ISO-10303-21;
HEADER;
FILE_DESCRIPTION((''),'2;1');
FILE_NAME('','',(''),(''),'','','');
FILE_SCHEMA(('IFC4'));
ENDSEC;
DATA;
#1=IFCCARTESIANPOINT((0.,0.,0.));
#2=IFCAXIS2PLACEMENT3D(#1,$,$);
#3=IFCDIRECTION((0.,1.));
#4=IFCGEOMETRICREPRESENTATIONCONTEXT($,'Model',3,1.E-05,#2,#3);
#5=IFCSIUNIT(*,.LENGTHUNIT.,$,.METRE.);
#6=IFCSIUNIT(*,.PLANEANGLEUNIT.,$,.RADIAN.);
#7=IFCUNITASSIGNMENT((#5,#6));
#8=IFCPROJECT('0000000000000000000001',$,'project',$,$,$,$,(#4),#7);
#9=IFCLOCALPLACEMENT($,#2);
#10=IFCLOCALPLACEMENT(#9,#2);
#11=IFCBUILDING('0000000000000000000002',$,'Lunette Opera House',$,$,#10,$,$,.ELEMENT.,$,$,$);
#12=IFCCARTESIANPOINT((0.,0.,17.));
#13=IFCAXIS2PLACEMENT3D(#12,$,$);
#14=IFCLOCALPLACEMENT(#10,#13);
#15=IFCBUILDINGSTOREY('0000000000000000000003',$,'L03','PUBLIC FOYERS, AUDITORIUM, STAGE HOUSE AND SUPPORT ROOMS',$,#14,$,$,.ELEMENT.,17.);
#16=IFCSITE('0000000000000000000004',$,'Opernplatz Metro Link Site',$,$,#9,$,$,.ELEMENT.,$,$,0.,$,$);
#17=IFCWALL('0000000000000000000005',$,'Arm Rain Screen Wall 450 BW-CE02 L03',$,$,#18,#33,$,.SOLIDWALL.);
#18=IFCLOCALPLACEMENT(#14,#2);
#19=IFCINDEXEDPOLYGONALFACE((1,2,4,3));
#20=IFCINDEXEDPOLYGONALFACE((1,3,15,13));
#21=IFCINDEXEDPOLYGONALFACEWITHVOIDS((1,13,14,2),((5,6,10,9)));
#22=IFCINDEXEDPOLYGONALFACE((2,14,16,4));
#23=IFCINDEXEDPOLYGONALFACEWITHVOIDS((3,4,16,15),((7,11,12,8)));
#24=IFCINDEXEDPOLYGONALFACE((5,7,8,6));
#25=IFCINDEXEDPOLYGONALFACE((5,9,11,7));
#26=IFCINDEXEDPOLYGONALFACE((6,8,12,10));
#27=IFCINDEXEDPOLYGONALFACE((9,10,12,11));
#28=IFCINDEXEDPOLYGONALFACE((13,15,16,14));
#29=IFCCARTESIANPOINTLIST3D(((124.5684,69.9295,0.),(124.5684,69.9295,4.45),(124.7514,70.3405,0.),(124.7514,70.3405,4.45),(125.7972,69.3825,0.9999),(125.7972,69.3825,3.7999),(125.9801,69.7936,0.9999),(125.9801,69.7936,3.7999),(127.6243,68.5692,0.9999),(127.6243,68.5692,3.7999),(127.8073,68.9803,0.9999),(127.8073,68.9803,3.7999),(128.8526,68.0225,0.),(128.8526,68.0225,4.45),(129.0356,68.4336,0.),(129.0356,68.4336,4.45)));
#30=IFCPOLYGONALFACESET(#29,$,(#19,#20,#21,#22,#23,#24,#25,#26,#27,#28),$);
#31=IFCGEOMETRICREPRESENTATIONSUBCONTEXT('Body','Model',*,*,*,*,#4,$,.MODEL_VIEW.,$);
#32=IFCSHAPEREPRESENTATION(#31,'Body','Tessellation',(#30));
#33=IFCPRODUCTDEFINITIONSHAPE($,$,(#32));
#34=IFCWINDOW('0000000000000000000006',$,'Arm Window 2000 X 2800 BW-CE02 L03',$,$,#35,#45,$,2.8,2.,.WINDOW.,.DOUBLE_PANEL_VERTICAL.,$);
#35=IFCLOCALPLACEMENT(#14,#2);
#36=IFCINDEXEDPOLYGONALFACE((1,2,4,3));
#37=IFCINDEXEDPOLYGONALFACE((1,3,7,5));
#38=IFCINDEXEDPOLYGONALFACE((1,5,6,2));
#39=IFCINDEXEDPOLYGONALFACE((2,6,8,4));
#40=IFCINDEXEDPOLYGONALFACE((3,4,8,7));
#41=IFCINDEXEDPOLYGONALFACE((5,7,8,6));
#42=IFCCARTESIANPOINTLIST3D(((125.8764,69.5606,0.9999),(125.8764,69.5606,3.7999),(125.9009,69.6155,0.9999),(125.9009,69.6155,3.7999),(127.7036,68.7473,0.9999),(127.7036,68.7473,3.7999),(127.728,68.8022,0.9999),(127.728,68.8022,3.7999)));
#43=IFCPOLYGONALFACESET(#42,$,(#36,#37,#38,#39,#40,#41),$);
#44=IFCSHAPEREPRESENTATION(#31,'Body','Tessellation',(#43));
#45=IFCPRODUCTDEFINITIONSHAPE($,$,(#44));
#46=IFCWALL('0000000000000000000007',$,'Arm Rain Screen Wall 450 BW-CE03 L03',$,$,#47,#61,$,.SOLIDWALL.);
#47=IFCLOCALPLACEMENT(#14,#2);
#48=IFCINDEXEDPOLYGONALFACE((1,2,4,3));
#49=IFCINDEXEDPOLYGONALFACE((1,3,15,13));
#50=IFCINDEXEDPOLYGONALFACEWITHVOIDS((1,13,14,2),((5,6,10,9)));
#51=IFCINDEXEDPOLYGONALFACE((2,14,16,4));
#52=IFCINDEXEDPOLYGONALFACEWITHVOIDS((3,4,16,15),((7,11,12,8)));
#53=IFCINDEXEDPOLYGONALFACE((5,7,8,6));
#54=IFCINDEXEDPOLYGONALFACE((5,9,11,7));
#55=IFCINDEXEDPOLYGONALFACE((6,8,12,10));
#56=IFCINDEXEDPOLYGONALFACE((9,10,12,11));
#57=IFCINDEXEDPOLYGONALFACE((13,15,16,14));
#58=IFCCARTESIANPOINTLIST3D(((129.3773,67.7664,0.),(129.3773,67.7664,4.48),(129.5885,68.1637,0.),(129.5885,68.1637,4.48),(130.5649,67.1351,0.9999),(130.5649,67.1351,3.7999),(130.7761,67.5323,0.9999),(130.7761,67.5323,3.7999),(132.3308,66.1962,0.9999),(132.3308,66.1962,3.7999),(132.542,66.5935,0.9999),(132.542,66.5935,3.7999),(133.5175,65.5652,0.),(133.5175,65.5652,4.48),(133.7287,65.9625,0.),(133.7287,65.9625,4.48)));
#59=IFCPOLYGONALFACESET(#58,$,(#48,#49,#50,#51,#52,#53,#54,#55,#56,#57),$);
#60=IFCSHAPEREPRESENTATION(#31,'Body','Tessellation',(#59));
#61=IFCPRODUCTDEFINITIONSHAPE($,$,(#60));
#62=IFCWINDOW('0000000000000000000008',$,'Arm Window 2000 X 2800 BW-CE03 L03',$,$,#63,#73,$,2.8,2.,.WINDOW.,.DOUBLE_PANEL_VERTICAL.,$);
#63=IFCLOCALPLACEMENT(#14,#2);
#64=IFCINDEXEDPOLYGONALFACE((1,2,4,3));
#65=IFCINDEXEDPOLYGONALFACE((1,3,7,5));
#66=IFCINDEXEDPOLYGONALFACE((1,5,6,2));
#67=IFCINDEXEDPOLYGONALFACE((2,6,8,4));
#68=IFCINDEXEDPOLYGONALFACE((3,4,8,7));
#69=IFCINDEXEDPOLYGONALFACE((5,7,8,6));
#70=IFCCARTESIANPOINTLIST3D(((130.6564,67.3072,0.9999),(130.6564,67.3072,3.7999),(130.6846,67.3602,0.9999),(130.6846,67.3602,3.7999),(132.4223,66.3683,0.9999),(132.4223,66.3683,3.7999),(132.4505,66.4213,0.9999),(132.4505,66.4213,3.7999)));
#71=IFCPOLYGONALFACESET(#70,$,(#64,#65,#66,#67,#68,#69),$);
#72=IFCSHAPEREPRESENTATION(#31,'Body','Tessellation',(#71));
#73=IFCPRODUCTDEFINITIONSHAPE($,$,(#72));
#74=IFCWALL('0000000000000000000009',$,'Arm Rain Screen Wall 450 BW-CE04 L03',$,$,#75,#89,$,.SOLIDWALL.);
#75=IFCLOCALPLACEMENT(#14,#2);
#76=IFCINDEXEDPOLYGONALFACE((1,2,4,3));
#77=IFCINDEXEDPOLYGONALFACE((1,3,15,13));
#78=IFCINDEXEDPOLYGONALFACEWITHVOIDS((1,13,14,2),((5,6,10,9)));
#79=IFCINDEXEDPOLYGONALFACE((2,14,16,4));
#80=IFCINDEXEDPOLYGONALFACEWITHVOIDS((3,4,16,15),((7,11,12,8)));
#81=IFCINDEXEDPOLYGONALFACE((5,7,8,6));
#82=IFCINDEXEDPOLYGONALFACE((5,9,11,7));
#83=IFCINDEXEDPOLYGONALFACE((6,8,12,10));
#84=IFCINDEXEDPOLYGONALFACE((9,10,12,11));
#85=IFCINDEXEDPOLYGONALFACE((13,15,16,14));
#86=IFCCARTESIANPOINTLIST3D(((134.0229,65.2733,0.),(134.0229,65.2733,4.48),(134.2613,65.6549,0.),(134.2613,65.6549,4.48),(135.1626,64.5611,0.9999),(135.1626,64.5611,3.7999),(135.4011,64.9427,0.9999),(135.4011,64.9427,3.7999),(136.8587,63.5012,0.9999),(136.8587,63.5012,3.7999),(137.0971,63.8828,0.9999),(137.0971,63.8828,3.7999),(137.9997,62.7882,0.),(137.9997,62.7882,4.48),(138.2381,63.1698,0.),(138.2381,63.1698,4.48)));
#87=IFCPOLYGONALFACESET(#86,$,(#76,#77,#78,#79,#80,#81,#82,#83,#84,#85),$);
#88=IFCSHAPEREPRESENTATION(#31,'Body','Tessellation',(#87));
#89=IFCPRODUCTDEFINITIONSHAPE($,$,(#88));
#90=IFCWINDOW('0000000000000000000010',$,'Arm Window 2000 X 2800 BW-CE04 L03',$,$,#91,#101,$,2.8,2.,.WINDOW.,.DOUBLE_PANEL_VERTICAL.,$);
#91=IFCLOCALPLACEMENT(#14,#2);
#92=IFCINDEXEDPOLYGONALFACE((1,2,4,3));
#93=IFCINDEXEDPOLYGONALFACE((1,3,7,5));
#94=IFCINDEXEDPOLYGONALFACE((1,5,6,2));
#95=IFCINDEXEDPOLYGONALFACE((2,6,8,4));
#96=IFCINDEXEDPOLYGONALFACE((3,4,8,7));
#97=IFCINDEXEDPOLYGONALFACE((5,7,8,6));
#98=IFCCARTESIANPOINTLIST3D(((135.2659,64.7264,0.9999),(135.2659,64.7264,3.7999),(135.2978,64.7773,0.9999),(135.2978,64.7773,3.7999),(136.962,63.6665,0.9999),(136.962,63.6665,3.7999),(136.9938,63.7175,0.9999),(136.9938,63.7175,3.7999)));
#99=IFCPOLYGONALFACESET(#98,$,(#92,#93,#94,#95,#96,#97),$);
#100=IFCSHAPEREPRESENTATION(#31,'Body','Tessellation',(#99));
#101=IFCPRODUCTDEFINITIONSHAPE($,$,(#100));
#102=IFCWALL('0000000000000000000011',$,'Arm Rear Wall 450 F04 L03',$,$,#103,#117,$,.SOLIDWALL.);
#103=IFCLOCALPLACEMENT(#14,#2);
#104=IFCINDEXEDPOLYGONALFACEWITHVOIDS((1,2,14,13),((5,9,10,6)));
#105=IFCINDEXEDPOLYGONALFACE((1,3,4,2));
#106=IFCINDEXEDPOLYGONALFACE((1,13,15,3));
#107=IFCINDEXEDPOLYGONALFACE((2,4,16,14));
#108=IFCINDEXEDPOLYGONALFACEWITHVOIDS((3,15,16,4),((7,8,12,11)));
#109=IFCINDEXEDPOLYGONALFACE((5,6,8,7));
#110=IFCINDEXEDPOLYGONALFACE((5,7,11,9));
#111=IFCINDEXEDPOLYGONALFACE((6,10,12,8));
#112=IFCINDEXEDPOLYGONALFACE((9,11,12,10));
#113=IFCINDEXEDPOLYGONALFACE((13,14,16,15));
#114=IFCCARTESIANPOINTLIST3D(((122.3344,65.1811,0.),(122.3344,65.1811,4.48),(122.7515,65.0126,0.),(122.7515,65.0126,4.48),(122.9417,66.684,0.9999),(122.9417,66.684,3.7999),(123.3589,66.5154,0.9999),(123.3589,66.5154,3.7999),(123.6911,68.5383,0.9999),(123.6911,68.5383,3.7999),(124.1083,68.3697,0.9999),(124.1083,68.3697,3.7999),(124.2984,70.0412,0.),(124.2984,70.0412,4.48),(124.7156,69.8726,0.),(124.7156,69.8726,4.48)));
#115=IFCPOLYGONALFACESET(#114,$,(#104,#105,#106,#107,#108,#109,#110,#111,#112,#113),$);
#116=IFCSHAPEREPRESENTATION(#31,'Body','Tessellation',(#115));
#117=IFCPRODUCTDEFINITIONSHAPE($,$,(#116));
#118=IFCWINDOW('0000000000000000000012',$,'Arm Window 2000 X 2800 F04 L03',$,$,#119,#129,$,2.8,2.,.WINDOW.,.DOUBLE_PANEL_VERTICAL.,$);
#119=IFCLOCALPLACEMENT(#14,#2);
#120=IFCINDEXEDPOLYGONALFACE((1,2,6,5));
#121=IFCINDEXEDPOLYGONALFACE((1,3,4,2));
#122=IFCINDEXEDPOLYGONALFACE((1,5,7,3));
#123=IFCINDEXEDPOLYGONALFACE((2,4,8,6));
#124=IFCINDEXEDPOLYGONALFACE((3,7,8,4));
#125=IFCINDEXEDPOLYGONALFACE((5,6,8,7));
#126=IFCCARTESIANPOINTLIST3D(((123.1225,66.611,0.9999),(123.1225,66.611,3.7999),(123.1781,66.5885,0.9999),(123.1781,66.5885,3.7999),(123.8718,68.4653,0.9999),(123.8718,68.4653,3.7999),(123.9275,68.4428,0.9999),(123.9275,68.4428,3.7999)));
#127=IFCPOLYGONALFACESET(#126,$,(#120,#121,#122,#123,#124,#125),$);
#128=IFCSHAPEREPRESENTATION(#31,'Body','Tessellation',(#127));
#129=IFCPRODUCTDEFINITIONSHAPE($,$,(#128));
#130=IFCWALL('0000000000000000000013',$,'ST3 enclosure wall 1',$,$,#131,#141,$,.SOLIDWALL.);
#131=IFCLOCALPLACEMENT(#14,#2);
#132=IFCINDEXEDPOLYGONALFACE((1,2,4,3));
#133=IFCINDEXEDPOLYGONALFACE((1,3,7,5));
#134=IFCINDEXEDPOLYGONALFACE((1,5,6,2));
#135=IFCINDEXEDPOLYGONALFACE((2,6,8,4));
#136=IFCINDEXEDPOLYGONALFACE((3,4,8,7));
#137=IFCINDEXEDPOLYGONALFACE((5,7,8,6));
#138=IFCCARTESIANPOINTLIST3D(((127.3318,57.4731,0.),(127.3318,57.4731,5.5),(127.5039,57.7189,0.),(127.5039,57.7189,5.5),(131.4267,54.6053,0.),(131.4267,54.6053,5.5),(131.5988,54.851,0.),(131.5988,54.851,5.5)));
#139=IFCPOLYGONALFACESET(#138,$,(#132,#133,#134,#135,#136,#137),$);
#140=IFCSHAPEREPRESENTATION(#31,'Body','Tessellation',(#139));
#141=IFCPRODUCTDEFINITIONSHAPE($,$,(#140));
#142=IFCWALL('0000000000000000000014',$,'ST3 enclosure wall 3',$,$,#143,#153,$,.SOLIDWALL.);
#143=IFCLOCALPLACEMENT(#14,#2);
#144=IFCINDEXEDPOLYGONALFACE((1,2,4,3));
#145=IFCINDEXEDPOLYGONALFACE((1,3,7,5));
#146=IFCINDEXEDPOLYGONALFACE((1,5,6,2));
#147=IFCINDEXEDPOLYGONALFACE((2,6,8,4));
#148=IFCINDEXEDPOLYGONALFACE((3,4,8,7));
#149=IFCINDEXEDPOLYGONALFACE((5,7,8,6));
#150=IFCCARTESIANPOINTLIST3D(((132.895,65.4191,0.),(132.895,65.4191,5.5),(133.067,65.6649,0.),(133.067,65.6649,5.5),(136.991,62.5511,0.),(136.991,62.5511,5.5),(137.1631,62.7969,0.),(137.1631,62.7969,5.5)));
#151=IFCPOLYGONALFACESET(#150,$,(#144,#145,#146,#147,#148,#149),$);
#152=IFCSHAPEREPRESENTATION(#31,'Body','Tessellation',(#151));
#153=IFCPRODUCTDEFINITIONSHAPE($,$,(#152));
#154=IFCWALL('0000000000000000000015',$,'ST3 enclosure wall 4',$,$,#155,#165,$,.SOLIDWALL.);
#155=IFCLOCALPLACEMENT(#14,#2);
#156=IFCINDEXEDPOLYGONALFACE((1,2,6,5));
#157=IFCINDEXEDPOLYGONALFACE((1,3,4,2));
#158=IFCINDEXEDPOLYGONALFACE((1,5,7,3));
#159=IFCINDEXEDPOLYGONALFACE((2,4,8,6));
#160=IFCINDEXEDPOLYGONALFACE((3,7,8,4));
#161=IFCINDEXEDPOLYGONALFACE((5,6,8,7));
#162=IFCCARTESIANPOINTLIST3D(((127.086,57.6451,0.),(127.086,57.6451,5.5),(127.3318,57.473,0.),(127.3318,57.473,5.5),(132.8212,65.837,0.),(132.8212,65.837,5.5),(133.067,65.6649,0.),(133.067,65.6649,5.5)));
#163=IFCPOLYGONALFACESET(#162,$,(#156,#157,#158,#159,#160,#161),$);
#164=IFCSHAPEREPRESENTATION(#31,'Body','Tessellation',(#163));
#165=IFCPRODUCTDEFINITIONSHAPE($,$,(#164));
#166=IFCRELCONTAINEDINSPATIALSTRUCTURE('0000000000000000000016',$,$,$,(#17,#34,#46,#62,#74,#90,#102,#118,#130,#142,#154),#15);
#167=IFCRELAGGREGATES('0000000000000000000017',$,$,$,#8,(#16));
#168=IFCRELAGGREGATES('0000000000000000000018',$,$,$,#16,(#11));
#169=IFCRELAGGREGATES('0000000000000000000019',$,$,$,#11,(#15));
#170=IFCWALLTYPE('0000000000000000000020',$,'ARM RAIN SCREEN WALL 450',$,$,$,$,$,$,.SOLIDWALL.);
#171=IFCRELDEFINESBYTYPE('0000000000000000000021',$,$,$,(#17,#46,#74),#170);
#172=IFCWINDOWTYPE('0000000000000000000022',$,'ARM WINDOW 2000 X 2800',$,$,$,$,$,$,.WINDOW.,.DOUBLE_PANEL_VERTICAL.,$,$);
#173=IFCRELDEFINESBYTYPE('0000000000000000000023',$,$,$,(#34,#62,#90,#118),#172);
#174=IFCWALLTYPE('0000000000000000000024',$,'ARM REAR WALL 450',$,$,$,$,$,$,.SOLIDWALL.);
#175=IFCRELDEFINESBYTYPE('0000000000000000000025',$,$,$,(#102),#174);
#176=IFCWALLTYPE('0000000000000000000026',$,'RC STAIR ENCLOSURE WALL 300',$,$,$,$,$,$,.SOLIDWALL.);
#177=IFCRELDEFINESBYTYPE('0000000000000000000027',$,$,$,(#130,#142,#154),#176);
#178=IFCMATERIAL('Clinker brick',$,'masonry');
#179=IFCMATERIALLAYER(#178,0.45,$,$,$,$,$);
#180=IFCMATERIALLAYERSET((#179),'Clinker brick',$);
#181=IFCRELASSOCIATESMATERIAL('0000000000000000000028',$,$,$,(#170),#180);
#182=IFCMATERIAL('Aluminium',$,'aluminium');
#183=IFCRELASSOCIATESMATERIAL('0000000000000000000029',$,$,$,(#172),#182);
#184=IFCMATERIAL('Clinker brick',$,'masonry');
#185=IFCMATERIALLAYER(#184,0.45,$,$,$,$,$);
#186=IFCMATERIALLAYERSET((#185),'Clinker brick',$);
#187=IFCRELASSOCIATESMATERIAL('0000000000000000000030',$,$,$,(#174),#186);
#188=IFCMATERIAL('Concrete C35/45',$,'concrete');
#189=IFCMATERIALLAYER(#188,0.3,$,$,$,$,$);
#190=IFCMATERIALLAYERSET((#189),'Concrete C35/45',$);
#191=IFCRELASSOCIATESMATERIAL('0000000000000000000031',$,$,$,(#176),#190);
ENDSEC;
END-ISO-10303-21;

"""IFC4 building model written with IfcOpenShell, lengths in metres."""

from ifc_helpers import new_model, si_unit, direction, frame, frame_2d, origin, place, context, subcontext, project, spatial, rectangle, extrude, material, layer, layer_set, type_object, element, fill, save


model = new_model("IFC4")

# Units and contexts
model_context = context("Model", 3, precision=1e-05, world=origin(), true_north=direction((0.0, 1.0)))
body_context = subcontext(model_context, "Body", "Model", "MODEL_VIEW")
ifc_project = project(units=[si_unit("LENGTHUNIT", "METRE"), si_unit("PLANEANGLEUNIT", "RADIAN")], contexts=[model_context])

# Site, building, storey
site_placement = place(None, origin())
site = spatial("IfcSite", under=ifc_project, at=site_placement, Name="Opernplatz Metro Link Site", CompositionType="ELEMENT", RefElevation=0.0)
building_placement = place(site_placement, origin())
building = spatial("IfcBuilding", under=site, at=building_placement, Name="Lunette Opera House", CompositionType="ELEMENT")
storey_placement = place(building_placement, frame((0.0, 0.0, 17.0)))
storey = spatial("IfcBuildingStorey", under=building, at=storey_placement, Name="L03", Description="PUBLIC FOYERS, AUDITORIUM, STAGE HOUSE AND SUPPORT ROOMS", CompositionType="ELEMENT", Elevation=17.0)

# Walls, openings, windows
ifc_material_1 = material(Name="Clinker brick", Category="masonry")
ifc_layer_1 = layer(ifc_material_1, 0.45)
ifc_layer_set_1 = layer_set([ifc_layer_1], Name="Clinker brick")
wall_type_1 = type_object("IfcWallType", Name="ARM RAIN SCREEN WALL 450", PredefinedType="SOLIDWALL", material=ifc_layer_set_1)
wall_1_placement = place(storey_placement, frame((124.6599, 70.135, 0.0), z_axis=(0.0, 0.0, 1.0), x_axis=(0.913582, -0.406655, 0.0)))
wall_1 = element("IfcWall", 1, at=wall_1_placement, inside=storey, type_object=wall_type_1, Name="Arm Rain Screen Wall 450 BW-CE02 L03", PredefinedType="SOLIDWALL", context=body_context, shape_type="SweptSolid", body=[
    extrude(rectangle(XDim=4.6895, YDim=0.45, at=frame_2d((2.3447, 0.0))), origin(), (0.0, 0.0, 1.0), 4.45),
])
opening_1_placement = place(wall_1_placement, frame((1.345, 0.0, 1.0)))
opening_1 = element("IfcOpeningElement", 2, at=opening_1_placement, cuts=wall_1, PredefinedType="OPENING", context=body_context, shape_type="SweptSolid", body=[
    extrude(rectangle(XDim=2.0, YDim=2.8, at=frame_2d((1.0, 1.3999))), frame((0.0, 0.2371, 0.0), z_axis=(0.0, -1.0, 0.0), x_axis=(1.0, 0.0, 0.0)), (0.0, 0.0, 1.0), 0.4739),
])
ifc_material_2 = material(Name="Aluminium", Category="aluminium")
window_type = type_object("IfcWindowType", Name="ARM WINDOW 2000 X 2800", PartitioningType="DOUBLE_PANEL_VERTICAL", PredefinedType="WINDOW", material=ifc_material_2)
window_1_placement = place(opening_1_placement, origin())
window_1 = element("IfcWindow", 3, at=window_1_placement, inside=storey, type_object=window_type, Name="Arm Window 2000 X 2800 BW-CE02 L03", OverallHeight=2.8, OverallWidth=2.0, PartitioningType="DOUBLE_PANEL_VERTICAL", PredefinedType="WINDOW", context=body_context, shape_type="SweptSolid", body=[
    extrude(rectangle(XDim=2.0, YDim=2.8, at=frame_2d((1.0, 1.3999))), frame((0.0, 0.03, 0.0), z_axis=(0.0, -1.0, 0.0), x_axis=(1.0, 0.0, 0.0)), (0.0, 0.0, 1.0), 0.0601),
])
fill(opening_1, window_1)
wall_2_placement = place(storey_placement, frame((129.4829, 67.9651, 0.0), z_axis=(0.0, 0.0, 1.0), x_axis=(0.882963, -0.469442, 0.0)))
wall_2 = element("IfcWall", 4, at=wall_2_placement, inside=storey, type_object=wall_type_1, Name="Arm Rain Screen Wall 450 BW-CE03 L03", PredefinedType="SOLIDWALL", context=body_context, shape_type="SweptSolid", body=[
    extrude(rectangle(XDim=4.689, YDim=0.45, at=frame_2d((2.3445, 0.0))), origin(), (0.0, 0.0, 1.0), 4.48),
])
opening_2_placement = place(wall_2_placement, frame((1.345, 0.0, 1.0)))
opening_2 = element("IfcOpeningElement", 5, at=opening_2_placement, cuts=wall_2, PredefinedType="OPENING", context=body_context, shape_type="SweptSolid", body=[
    extrude(rectangle(XDim=2.0, YDim=2.8, at=frame_2d((1.0, 1.3999))), frame((0.0, 0.2371, 0.0), z_axis=(0.0, -1.0, 0.0), x_axis=(1.0, 0.0, 0.0)), (0.0, 0.0, 1.0), 0.4739),
])
window_2_placement = place(opening_2_placement, origin())
window_2 = element("IfcWindow", 6, at=window_2_placement, inside=storey, type_object=window_type, Name="Arm Window 2000 X 2800 BW-CE03 L03", OverallHeight=2.8, OverallWidth=2.0, PartitioningType="DOUBLE_PANEL_VERTICAL", PredefinedType="WINDOW", context=body_context, shape_type="SweptSolid", body=[
    extrude(rectangle(XDim=2.0, YDim=2.8, at=frame_2d((1.0, 1.3999))), frame((0.0, 0.03, 0.0), z_axis=(0.0, -1.0, 0.0), x_axis=(1.0, 0.0, 0.0)), (0.0, 0.0, 1.0), 0.0601),
])
fill(opening_2, window_2)
wall_3_placement = place(storey_placement, frame((134.1421, 65.4641, 0.0), z_axis=(0.0, 0.0, 1.0), x_axis=(0.848036, -0.529938, 0.0)))
wall_3 = element("IfcWall", 7, at=wall_3_placement, inside=storey, type_object=wall_type_1, Name="Arm Rain Screen Wall 450 BW-CE04 L03", PredefinedType="SOLIDWALL", context=body_context, shape_type="SweptSolid", body=[
    extrude(rectangle(XDim=4.6895, YDim=0.45, at=frame_2d((2.3447, 0.0))), origin(), (0.0, 0.0, 1.0), 4.48),
])
opening_3_placement = place(wall_3_placement, frame((1.344, 0.0, 1.0)))
opening_3 = element("IfcOpeningElement", 8, at=opening_3_placement, cuts=wall_3, PredefinedType="OPENING", context=body_context, shape_type="SweptSolid", body=[
    extrude(rectangle(XDim=2.0, YDim=2.8, at=frame_2d((1.0, 1.3999))), frame((0.0, 0.2371, 0.0), z_axis=(0.0, -1.0, 0.0), x_axis=(1.0, 0.0, 0.0)), (0.0, 0.0, 1.0), 0.4739),
])
window_3_placement = place(opening_3_placement, origin())
window_3 = element("IfcWindow", 9, at=window_3_placement, inside=storey, type_object=window_type, Name="Arm Window 2000 X 2800 BW-CE04 L03", OverallHeight=2.8, OverallWidth=2.0, PartitioningType="DOUBLE_PANEL_VERTICAL", PredefinedType="WINDOW", context=body_context, shape_type="SweptSolid", body=[
    extrude(rectangle(XDim=2.0, YDim=2.8, at=frame_2d((1.0, 1.3999))), frame((0.0, 0.03, 0.0), z_axis=(0.0, -1.0, 0.0), x_axis=(1.0, 0.0, 0.0)), (0.0, 0.0, 1.0), 0.0601),
])
fill(opening_3, window_3)
ifc_material_3 = material(Name="Clinker brick", Category="masonry")
ifc_layer_2 = layer(ifc_material_3, 0.45)
ifc_layer_set_2 = layer_set([ifc_layer_2], Name="Clinker brick")
wall_type_2 = type_object("IfcWallType", Name="ARM REAR WALL 450", PredefinedType="SOLIDWALL", material=ifc_layer_set_2)
wall_4_placement = place(storey_placement, frame((124.5071, 69.957, 0.0), z_axis=(0.0, 0.0, 1.0), x_axis=(-0.374689, -0.927151, 0.0)))
wall_4 = element("IfcWall", 10, at=wall_4_placement, inside=storey, type_object=wall_type_2, Name="Arm Rear Wall 450 F04 L03", PredefinedType="SOLIDWALL", context=body_context, shape_type="SweptSolid", body=[
    extrude(rectangle(XDim=5.2419, YDim=0.45, at=frame_2d((2.6211, 0.0))), origin(), (0.0, 0.0, 1.0), 4.48),
])
opening_4_placement = place(wall_4_placement, frame((1.6211, 0.0, 1.0)))
opening_4 = element("IfcOpeningElement", 11, at=opening_4_placement, cuts=wall_4, PredefinedType="OPENING", context=body_context, shape_type="SweptSolid", body=[
    extrude(rectangle(XDim=2.0, YDim=2.8, at=frame_2d((1.0, 1.3999))), frame((0.0, 0.2371, 0.0), z_axis=(0.0, -1.0, 0.0), x_axis=(1.0, 0.0, 0.0)), (0.0, 0.0, 1.0), 0.4739),
])
window_4_placement = place(opening_4_placement, origin())
window_4 = element("IfcWindow", 12, at=window_4_placement, inside=storey, type_object=window_type, Name="Arm Window 2000 X 2800 F04 L03", OverallHeight=2.8, OverallWidth=2.0, PartitioningType="DOUBLE_PANEL_VERTICAL", PredefinedType="WINDOW", context=body_context, shape_type="SweptSolid", body=[
    extrude(rectangle(XDim=2.0, YDim=2.8, at=frame_2d((1.0, 1.3999))), frame((0.0, 0.03, 0.0), z_axis=(0.0, -1.0, 0.0), x_axis=(1.0, 0.0, 0.0)), (0.0, 0.0, 1.0), 0.0601),
])
fill(opening_4, window_4)

# Walls
ifc_material_4 = material(Name="Concrete C35/45", Category="concrete")
ifc_layer_3 = layer(ifc_material_4, 0.3)
ifc_layer_set_3 = layer_set([ifc_layer_3], Name="Concrete C35/45")
wall_type_3 = type_object("IfcWallType", Name="RC STAIR ENCLOSURE WALL 300", PredefinedType="SOLIDWALL", material=ifc_layer_set_3)
wall_5_placement = place(storey_placement, frame((127.418, 57.5959, 0.0), z_axis=(0.0, 0.0, 1.0), x_axis=(0.819097, -0.573656, 0.0)))
element("IfcWall", 13, at=wall_5_placement, inside=storey, type_object=wall_type_3, Name="ST3 enclosure wall 1", PredefinedType="SOLIDWALL", context=body_context, shape_type="SweptSolid", body=[
    extrude(rectangle(XDim=4.9993, YDim=0.3, at=frame_2d((2.4995, 0.0))), origin(), (0.0, 0.0, 1.0), 5.5),
])
wall_6_placement = place(storey_placement, frame((137.0769, 62.6741, 0.0), z_axis=(0.0, 0.0, 1.0), x_axis=(-0.819161, 0.573564, 0.0)))
element("IfcWall", 14, at=wall_6_placement, inside=storey, type_object=wall_type_3, Name="ST3 enclosure wall 3", PredefinedType="SOLIDWALL", context=body_context, shape_type="SweptSolid", body=[
    extrude(rectangle(XDim=5.0002, YDim=0.3, at=frame_2d((2.5, 0.0))), origin(), (0.0, 0.0, 1.0), 5.5),
])
wall_7_placement = place(storey_placement, frame((132.9441, 65.751, 0.0), z_axis=(0.0, 0.0, 1.0), x_axis=(-0.573515, -0.819195, 0.0)))
element("IfcWall", 15, at=wall_7_placement, inside=storey, type_object=wall_type_3, Name="ST3 enclosure wall 4", PredefinedType="SOLIDWALL", context=body_context, shape_type="SweptSolid", body=[
    extrude(rectangle(XDim=10.0, YDim=0.3, at=frame_2d((5.0, 0.0))), origin(), (0.0, 0.0, 1.0), 5.5),
])

save(model, "model.ifc")
